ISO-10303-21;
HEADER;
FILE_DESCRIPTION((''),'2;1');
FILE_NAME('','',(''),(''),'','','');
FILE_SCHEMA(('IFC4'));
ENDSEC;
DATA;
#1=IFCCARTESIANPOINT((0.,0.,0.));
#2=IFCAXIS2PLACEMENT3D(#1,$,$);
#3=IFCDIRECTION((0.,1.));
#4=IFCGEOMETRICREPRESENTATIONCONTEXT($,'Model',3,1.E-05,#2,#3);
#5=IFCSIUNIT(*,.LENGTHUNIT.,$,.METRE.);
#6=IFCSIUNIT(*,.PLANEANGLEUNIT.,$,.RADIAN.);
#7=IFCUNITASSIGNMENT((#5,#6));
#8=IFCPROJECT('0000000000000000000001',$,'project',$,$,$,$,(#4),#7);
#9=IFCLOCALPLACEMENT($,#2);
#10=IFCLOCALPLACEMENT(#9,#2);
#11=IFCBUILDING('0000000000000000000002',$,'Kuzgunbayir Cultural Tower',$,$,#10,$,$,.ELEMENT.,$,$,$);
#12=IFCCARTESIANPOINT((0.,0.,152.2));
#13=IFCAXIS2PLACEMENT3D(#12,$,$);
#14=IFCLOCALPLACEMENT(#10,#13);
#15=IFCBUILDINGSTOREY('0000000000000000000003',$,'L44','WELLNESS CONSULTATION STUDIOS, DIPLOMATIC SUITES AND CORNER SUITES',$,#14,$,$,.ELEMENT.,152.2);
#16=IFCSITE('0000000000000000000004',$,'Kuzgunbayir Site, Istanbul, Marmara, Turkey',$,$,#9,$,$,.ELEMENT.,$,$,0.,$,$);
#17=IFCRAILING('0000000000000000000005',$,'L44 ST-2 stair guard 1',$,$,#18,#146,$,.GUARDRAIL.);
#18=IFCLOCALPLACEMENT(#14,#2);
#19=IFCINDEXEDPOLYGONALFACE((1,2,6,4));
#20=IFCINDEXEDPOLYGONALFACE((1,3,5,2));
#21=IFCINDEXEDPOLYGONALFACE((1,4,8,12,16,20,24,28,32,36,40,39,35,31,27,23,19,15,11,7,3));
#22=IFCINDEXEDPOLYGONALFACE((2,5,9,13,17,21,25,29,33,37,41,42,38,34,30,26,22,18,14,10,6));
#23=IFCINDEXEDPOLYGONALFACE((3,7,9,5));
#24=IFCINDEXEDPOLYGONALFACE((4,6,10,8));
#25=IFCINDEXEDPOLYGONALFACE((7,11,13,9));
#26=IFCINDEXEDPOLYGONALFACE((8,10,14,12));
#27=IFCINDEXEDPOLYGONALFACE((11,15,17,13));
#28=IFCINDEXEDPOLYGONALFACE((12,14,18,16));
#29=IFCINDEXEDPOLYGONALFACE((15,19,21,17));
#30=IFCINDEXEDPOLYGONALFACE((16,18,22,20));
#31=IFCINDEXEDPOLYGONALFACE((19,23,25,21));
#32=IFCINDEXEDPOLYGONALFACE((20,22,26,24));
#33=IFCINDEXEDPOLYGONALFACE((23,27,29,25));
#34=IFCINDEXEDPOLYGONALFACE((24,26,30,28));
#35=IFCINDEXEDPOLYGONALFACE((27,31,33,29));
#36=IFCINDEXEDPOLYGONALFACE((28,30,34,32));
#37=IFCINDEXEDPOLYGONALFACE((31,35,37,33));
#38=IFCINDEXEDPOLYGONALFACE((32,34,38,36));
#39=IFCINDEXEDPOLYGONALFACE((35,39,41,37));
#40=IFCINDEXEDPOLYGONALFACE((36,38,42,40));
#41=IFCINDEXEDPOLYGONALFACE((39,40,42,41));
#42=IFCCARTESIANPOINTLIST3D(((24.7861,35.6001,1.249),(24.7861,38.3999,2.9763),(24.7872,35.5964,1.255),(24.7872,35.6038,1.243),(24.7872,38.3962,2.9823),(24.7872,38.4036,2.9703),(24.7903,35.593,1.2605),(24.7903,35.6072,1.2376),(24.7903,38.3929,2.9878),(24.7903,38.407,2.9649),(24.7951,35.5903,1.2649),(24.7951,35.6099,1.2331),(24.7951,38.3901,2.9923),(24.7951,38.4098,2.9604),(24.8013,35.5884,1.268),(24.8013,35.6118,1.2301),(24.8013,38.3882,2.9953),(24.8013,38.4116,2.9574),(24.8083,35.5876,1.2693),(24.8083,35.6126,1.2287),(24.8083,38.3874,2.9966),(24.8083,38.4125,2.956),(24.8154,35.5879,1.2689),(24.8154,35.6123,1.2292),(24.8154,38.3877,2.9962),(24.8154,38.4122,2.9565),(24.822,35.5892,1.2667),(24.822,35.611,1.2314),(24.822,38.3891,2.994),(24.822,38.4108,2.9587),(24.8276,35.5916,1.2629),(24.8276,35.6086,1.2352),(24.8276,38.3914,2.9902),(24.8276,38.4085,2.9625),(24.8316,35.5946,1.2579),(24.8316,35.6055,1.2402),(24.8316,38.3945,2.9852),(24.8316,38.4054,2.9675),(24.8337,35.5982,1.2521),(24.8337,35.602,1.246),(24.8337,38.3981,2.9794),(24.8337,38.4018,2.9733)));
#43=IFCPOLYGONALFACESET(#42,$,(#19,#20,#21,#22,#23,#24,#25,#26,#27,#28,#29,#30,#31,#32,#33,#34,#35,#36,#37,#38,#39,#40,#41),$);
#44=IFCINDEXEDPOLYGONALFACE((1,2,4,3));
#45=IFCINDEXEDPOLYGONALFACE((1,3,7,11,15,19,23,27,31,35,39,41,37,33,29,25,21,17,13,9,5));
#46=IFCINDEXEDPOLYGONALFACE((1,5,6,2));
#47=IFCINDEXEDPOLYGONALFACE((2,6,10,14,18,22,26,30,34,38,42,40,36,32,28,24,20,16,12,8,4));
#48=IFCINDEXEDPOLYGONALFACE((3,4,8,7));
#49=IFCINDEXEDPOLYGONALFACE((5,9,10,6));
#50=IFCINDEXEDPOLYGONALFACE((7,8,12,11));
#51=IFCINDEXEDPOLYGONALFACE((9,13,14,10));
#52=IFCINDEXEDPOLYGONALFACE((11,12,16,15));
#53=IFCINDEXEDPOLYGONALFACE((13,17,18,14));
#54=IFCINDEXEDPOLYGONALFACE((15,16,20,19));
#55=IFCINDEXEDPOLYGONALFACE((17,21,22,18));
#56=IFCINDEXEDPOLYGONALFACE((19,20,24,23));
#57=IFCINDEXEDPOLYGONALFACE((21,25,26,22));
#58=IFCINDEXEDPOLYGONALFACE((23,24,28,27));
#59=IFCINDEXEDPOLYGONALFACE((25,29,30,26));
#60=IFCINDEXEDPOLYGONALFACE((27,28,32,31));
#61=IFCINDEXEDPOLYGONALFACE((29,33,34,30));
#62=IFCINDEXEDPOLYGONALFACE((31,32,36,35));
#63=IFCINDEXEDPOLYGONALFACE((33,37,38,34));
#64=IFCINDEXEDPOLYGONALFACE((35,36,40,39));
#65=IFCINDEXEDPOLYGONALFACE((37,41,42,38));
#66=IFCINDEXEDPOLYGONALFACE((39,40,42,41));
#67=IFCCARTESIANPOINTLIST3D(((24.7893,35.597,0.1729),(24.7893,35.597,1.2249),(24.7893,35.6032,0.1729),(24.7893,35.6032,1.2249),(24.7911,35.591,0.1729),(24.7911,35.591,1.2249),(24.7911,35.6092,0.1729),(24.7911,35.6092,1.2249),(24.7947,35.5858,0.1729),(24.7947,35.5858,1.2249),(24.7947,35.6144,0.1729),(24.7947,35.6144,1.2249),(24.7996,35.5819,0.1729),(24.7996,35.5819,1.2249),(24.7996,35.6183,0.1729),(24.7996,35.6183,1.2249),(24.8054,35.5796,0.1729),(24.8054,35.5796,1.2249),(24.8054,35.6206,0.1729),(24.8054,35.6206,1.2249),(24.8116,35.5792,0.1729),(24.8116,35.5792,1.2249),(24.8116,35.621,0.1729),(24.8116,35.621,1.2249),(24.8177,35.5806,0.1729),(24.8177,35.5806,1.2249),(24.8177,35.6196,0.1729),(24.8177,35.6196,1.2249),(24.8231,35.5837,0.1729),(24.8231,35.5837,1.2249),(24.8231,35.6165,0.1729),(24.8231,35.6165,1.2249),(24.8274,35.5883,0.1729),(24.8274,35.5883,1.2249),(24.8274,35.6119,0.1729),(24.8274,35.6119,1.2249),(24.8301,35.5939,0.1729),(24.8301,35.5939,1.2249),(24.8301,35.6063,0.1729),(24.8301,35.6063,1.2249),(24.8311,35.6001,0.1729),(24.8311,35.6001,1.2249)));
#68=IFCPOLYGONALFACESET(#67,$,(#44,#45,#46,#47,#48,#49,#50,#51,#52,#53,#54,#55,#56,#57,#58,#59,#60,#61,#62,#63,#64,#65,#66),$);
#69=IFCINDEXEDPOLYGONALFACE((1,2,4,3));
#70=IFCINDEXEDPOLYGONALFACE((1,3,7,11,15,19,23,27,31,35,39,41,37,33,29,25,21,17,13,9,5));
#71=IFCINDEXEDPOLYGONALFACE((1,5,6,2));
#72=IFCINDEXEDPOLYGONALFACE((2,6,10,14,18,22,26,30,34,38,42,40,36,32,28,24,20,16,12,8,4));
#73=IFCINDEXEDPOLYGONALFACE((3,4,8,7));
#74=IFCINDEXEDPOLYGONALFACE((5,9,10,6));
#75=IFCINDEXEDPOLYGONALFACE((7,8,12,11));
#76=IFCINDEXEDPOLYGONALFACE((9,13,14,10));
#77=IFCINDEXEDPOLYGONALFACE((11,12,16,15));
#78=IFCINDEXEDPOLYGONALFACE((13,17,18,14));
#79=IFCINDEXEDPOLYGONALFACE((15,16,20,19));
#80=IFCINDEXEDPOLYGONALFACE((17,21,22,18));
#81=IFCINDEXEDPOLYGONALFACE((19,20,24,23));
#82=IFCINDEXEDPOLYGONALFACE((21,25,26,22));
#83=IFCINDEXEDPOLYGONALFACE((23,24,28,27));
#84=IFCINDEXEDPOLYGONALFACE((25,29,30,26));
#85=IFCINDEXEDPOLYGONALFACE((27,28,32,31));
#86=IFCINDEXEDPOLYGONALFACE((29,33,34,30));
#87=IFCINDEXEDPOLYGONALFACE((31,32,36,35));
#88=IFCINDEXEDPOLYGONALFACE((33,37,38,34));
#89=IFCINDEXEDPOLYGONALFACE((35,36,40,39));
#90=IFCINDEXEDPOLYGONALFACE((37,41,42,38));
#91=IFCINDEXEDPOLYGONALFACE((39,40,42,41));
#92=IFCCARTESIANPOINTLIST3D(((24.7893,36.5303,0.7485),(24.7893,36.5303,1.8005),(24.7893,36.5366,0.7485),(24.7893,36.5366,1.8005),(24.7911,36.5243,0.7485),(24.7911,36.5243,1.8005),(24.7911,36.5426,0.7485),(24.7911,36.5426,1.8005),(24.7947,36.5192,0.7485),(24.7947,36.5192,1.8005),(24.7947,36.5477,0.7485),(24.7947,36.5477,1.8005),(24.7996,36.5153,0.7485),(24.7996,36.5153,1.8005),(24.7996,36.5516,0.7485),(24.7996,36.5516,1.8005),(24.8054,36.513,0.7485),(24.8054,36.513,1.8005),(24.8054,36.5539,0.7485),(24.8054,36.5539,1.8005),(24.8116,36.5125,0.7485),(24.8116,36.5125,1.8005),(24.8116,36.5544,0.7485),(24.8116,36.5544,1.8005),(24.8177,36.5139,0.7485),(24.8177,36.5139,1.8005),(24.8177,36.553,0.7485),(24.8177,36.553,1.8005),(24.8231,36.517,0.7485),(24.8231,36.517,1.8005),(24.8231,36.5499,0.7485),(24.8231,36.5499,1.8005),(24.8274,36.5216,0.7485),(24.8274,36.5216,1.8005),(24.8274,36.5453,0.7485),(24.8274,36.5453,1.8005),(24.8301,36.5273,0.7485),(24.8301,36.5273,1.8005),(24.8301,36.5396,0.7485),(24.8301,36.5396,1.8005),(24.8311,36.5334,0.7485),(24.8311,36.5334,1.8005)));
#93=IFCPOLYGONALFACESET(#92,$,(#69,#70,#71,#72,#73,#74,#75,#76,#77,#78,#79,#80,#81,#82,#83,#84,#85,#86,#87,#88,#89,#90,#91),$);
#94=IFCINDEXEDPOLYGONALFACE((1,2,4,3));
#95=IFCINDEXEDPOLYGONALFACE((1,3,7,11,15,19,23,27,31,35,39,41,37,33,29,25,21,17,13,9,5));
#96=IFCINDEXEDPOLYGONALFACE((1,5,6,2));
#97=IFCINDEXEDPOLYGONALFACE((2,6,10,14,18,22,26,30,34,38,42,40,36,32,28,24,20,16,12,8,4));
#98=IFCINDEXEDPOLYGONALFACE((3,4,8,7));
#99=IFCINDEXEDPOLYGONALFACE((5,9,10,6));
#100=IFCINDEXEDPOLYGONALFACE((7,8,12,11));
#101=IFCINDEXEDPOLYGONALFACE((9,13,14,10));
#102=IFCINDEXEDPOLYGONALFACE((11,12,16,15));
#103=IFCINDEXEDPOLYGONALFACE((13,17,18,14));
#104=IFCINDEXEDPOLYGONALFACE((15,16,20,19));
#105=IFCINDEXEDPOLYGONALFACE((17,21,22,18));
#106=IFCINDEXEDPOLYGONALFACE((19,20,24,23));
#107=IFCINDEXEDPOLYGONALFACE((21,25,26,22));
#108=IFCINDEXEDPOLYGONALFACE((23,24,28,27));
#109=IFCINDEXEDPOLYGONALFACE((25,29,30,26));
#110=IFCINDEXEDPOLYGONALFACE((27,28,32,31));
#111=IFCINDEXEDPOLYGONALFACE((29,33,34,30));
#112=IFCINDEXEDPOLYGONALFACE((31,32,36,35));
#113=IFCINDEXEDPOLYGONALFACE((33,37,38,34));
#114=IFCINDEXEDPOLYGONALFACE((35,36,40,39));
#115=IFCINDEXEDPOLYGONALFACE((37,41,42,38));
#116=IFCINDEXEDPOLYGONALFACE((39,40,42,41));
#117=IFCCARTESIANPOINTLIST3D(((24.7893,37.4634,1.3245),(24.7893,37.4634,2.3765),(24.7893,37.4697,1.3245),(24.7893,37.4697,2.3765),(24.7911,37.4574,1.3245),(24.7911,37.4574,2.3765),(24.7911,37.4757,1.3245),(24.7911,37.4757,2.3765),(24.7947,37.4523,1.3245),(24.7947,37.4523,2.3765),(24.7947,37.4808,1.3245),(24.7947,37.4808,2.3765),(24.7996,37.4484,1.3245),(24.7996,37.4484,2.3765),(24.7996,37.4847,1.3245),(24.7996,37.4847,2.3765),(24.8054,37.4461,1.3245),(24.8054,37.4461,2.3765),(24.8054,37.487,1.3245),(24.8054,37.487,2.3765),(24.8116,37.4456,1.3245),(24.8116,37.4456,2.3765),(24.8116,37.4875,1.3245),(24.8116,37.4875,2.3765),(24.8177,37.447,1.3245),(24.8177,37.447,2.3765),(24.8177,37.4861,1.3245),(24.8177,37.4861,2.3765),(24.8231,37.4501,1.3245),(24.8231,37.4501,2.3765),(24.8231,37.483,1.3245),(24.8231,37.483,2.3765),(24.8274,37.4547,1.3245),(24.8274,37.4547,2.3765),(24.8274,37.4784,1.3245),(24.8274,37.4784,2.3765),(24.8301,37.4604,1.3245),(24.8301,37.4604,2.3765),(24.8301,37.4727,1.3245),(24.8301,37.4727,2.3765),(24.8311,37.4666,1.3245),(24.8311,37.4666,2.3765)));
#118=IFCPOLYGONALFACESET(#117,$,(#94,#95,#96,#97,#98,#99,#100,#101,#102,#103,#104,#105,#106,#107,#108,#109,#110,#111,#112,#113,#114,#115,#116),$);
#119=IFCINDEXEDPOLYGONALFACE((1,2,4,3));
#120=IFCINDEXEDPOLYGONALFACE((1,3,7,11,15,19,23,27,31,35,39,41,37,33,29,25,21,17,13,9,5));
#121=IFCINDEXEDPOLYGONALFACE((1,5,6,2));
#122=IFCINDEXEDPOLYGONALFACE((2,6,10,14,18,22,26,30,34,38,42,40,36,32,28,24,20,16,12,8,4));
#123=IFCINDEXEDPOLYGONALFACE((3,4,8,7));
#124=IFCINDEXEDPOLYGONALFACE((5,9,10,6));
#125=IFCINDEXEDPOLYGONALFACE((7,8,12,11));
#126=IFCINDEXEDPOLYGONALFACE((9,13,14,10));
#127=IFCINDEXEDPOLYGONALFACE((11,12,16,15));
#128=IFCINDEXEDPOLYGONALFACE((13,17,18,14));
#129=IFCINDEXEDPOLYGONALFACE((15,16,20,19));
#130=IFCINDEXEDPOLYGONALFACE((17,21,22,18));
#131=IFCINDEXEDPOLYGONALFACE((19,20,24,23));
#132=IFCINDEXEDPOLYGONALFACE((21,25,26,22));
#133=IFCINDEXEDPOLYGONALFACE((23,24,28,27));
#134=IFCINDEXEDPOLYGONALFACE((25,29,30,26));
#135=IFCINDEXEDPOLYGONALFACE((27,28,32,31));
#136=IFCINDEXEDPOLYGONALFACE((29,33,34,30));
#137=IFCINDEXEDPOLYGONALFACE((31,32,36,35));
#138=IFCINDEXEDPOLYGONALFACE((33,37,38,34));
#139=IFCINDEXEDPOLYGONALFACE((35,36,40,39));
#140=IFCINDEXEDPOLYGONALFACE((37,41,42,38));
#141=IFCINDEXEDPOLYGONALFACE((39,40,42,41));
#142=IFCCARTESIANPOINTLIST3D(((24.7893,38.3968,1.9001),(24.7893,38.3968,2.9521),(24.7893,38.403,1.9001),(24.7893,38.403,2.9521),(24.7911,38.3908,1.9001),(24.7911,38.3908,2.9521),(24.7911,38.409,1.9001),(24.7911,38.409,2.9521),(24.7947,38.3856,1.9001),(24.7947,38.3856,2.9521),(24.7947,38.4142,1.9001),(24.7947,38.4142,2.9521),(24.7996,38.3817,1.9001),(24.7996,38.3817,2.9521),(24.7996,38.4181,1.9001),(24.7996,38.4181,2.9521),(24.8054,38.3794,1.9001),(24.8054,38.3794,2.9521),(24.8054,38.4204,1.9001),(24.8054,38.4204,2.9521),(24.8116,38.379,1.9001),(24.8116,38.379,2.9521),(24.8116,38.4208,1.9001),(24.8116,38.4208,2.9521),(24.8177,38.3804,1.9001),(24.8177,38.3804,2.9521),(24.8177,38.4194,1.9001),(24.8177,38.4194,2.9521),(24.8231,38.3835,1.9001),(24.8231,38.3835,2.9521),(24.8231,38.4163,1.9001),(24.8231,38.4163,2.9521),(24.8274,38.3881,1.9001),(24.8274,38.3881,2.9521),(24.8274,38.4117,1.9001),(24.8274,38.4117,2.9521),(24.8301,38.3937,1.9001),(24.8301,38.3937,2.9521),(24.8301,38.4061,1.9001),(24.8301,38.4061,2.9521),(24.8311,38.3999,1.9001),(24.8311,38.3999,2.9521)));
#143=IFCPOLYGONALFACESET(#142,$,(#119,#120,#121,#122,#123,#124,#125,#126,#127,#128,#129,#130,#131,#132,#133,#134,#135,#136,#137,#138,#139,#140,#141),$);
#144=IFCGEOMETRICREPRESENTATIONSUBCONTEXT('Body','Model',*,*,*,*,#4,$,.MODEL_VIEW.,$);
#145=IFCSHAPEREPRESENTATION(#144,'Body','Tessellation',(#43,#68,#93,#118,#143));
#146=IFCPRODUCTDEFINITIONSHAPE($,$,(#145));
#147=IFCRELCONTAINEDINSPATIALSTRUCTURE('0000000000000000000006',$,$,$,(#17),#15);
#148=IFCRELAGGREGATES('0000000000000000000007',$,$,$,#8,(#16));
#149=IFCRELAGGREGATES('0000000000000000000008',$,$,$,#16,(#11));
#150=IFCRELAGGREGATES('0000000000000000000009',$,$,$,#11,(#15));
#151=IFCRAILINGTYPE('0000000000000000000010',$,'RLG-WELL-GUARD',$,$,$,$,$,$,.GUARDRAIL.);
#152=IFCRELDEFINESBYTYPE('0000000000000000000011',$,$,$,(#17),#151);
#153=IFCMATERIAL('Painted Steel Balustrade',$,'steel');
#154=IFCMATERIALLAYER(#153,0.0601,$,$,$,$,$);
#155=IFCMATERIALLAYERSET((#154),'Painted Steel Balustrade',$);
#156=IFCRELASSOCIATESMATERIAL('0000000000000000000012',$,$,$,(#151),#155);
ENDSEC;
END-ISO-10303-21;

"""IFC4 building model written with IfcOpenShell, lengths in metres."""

from ifc_helpers import new_model, si_unit, direction, frame, origin, origin_2d, place, context, subcontext, project, spatial, circle, extrude, material, layer, layer_set, type_object, element, save


model = new_model("IFC4")

# Units and contexts
model_context = context("Model", 3, precision=1e-05, world=origin(), true_north=direction((0.0, 1.0)))
body_context = subcontext(model_context, "Body", "Model", "MODEL_VIEW")
ifc_project = project(units=[si_unit("LENGTHUNIT", "METRE"), si_unit("PLANEANGLEUNIT", "RADIAN")], contexts=[model_context])

# Site, building, storey
site_placement = place(None, origin())
site = spatial("IfcSite", under=ifc_project, at=site_placement, Name="Kuzgunbayir Site, Istanbul, Marmara, Turkey", CompositionType="ELEMENT", RefElevation=0.0)
building_placement = place(site_placement, origin())
building = spatial("IfcBuilding", under=site, at=building_placement, Name="Kuzgunbayir Cultural Tower", CompositionType="ELEMENT")
storey_placement = place(building_placement, frame((0.0, 0.0, 152.2)))
storey = spatial("IfcBuildingStorey", under=building, at=storey_placement, Name="L44", Description="WELLNESS CONSULTATION STUDIOS, DIPLOMATIC SUITES AND CORNER SUITES", CompositionType="ELEMENT", Elevation=152.2)

# Railing
ifc_material_1 = material(Name="Painted Steel Balustrade", Category="steel")
ifc_layer_1 = layer(ifc_material_1, 0.0601)
ifc_layer_set_1 = layer_set([ifc_layer_1], Name="Painted Steel Balustrade")
railing_type_1 = type_object("IfcRailingType", Name="RLG-WELL-GUARD", PredefinedType="GUARDRAIL", material=ifc_layer_set_1)
railing_1_placement = place(storey_placement, frame((24.8101, 35.6001, 0.1729)))
element("IfcRailing", 1, at=railing_1_placement, inside=storey, type_object=railing_type_1, Name="L44 ST-2 stair guard 1", PredefinedType="GUARDRAIL", context=body_context, shape_type="SweptSolid", body=[
    extrude(circle(Radius=0.0239, at=origin_2d()), frame((0.0, 0.0, 1.0762), z_axis=(0.0, 0.851069, 0.525054), x_axis=(-1.0, 0.0, 0.0)), (0.0, 0.0, 1.0), 3.2898),
    extrude(circle(Radius=0.021, at=origin_2d()), origin(), (0.0, 0.0, 1.0), 1.052),
    extrude(circle(Radius=0.021, at=origin_2d()), frame((0.0, 0.9333, 0.5757)), (0.0, 0.0, 1.0), 1.052),
    extrude(circle(Radius=0.021, at=origin_2d()), frame((0.0, 1.8665, 1.1516)), (0.0, 0.0, 1.0), 1.052),
    extrude(circle(Radius=0.021, at=origin_2d()), frame((0.0, 2.7998, 1.7273)), (0.0, 0.0, 1.0), 1.052),
])

save(model, "model.ifc")
